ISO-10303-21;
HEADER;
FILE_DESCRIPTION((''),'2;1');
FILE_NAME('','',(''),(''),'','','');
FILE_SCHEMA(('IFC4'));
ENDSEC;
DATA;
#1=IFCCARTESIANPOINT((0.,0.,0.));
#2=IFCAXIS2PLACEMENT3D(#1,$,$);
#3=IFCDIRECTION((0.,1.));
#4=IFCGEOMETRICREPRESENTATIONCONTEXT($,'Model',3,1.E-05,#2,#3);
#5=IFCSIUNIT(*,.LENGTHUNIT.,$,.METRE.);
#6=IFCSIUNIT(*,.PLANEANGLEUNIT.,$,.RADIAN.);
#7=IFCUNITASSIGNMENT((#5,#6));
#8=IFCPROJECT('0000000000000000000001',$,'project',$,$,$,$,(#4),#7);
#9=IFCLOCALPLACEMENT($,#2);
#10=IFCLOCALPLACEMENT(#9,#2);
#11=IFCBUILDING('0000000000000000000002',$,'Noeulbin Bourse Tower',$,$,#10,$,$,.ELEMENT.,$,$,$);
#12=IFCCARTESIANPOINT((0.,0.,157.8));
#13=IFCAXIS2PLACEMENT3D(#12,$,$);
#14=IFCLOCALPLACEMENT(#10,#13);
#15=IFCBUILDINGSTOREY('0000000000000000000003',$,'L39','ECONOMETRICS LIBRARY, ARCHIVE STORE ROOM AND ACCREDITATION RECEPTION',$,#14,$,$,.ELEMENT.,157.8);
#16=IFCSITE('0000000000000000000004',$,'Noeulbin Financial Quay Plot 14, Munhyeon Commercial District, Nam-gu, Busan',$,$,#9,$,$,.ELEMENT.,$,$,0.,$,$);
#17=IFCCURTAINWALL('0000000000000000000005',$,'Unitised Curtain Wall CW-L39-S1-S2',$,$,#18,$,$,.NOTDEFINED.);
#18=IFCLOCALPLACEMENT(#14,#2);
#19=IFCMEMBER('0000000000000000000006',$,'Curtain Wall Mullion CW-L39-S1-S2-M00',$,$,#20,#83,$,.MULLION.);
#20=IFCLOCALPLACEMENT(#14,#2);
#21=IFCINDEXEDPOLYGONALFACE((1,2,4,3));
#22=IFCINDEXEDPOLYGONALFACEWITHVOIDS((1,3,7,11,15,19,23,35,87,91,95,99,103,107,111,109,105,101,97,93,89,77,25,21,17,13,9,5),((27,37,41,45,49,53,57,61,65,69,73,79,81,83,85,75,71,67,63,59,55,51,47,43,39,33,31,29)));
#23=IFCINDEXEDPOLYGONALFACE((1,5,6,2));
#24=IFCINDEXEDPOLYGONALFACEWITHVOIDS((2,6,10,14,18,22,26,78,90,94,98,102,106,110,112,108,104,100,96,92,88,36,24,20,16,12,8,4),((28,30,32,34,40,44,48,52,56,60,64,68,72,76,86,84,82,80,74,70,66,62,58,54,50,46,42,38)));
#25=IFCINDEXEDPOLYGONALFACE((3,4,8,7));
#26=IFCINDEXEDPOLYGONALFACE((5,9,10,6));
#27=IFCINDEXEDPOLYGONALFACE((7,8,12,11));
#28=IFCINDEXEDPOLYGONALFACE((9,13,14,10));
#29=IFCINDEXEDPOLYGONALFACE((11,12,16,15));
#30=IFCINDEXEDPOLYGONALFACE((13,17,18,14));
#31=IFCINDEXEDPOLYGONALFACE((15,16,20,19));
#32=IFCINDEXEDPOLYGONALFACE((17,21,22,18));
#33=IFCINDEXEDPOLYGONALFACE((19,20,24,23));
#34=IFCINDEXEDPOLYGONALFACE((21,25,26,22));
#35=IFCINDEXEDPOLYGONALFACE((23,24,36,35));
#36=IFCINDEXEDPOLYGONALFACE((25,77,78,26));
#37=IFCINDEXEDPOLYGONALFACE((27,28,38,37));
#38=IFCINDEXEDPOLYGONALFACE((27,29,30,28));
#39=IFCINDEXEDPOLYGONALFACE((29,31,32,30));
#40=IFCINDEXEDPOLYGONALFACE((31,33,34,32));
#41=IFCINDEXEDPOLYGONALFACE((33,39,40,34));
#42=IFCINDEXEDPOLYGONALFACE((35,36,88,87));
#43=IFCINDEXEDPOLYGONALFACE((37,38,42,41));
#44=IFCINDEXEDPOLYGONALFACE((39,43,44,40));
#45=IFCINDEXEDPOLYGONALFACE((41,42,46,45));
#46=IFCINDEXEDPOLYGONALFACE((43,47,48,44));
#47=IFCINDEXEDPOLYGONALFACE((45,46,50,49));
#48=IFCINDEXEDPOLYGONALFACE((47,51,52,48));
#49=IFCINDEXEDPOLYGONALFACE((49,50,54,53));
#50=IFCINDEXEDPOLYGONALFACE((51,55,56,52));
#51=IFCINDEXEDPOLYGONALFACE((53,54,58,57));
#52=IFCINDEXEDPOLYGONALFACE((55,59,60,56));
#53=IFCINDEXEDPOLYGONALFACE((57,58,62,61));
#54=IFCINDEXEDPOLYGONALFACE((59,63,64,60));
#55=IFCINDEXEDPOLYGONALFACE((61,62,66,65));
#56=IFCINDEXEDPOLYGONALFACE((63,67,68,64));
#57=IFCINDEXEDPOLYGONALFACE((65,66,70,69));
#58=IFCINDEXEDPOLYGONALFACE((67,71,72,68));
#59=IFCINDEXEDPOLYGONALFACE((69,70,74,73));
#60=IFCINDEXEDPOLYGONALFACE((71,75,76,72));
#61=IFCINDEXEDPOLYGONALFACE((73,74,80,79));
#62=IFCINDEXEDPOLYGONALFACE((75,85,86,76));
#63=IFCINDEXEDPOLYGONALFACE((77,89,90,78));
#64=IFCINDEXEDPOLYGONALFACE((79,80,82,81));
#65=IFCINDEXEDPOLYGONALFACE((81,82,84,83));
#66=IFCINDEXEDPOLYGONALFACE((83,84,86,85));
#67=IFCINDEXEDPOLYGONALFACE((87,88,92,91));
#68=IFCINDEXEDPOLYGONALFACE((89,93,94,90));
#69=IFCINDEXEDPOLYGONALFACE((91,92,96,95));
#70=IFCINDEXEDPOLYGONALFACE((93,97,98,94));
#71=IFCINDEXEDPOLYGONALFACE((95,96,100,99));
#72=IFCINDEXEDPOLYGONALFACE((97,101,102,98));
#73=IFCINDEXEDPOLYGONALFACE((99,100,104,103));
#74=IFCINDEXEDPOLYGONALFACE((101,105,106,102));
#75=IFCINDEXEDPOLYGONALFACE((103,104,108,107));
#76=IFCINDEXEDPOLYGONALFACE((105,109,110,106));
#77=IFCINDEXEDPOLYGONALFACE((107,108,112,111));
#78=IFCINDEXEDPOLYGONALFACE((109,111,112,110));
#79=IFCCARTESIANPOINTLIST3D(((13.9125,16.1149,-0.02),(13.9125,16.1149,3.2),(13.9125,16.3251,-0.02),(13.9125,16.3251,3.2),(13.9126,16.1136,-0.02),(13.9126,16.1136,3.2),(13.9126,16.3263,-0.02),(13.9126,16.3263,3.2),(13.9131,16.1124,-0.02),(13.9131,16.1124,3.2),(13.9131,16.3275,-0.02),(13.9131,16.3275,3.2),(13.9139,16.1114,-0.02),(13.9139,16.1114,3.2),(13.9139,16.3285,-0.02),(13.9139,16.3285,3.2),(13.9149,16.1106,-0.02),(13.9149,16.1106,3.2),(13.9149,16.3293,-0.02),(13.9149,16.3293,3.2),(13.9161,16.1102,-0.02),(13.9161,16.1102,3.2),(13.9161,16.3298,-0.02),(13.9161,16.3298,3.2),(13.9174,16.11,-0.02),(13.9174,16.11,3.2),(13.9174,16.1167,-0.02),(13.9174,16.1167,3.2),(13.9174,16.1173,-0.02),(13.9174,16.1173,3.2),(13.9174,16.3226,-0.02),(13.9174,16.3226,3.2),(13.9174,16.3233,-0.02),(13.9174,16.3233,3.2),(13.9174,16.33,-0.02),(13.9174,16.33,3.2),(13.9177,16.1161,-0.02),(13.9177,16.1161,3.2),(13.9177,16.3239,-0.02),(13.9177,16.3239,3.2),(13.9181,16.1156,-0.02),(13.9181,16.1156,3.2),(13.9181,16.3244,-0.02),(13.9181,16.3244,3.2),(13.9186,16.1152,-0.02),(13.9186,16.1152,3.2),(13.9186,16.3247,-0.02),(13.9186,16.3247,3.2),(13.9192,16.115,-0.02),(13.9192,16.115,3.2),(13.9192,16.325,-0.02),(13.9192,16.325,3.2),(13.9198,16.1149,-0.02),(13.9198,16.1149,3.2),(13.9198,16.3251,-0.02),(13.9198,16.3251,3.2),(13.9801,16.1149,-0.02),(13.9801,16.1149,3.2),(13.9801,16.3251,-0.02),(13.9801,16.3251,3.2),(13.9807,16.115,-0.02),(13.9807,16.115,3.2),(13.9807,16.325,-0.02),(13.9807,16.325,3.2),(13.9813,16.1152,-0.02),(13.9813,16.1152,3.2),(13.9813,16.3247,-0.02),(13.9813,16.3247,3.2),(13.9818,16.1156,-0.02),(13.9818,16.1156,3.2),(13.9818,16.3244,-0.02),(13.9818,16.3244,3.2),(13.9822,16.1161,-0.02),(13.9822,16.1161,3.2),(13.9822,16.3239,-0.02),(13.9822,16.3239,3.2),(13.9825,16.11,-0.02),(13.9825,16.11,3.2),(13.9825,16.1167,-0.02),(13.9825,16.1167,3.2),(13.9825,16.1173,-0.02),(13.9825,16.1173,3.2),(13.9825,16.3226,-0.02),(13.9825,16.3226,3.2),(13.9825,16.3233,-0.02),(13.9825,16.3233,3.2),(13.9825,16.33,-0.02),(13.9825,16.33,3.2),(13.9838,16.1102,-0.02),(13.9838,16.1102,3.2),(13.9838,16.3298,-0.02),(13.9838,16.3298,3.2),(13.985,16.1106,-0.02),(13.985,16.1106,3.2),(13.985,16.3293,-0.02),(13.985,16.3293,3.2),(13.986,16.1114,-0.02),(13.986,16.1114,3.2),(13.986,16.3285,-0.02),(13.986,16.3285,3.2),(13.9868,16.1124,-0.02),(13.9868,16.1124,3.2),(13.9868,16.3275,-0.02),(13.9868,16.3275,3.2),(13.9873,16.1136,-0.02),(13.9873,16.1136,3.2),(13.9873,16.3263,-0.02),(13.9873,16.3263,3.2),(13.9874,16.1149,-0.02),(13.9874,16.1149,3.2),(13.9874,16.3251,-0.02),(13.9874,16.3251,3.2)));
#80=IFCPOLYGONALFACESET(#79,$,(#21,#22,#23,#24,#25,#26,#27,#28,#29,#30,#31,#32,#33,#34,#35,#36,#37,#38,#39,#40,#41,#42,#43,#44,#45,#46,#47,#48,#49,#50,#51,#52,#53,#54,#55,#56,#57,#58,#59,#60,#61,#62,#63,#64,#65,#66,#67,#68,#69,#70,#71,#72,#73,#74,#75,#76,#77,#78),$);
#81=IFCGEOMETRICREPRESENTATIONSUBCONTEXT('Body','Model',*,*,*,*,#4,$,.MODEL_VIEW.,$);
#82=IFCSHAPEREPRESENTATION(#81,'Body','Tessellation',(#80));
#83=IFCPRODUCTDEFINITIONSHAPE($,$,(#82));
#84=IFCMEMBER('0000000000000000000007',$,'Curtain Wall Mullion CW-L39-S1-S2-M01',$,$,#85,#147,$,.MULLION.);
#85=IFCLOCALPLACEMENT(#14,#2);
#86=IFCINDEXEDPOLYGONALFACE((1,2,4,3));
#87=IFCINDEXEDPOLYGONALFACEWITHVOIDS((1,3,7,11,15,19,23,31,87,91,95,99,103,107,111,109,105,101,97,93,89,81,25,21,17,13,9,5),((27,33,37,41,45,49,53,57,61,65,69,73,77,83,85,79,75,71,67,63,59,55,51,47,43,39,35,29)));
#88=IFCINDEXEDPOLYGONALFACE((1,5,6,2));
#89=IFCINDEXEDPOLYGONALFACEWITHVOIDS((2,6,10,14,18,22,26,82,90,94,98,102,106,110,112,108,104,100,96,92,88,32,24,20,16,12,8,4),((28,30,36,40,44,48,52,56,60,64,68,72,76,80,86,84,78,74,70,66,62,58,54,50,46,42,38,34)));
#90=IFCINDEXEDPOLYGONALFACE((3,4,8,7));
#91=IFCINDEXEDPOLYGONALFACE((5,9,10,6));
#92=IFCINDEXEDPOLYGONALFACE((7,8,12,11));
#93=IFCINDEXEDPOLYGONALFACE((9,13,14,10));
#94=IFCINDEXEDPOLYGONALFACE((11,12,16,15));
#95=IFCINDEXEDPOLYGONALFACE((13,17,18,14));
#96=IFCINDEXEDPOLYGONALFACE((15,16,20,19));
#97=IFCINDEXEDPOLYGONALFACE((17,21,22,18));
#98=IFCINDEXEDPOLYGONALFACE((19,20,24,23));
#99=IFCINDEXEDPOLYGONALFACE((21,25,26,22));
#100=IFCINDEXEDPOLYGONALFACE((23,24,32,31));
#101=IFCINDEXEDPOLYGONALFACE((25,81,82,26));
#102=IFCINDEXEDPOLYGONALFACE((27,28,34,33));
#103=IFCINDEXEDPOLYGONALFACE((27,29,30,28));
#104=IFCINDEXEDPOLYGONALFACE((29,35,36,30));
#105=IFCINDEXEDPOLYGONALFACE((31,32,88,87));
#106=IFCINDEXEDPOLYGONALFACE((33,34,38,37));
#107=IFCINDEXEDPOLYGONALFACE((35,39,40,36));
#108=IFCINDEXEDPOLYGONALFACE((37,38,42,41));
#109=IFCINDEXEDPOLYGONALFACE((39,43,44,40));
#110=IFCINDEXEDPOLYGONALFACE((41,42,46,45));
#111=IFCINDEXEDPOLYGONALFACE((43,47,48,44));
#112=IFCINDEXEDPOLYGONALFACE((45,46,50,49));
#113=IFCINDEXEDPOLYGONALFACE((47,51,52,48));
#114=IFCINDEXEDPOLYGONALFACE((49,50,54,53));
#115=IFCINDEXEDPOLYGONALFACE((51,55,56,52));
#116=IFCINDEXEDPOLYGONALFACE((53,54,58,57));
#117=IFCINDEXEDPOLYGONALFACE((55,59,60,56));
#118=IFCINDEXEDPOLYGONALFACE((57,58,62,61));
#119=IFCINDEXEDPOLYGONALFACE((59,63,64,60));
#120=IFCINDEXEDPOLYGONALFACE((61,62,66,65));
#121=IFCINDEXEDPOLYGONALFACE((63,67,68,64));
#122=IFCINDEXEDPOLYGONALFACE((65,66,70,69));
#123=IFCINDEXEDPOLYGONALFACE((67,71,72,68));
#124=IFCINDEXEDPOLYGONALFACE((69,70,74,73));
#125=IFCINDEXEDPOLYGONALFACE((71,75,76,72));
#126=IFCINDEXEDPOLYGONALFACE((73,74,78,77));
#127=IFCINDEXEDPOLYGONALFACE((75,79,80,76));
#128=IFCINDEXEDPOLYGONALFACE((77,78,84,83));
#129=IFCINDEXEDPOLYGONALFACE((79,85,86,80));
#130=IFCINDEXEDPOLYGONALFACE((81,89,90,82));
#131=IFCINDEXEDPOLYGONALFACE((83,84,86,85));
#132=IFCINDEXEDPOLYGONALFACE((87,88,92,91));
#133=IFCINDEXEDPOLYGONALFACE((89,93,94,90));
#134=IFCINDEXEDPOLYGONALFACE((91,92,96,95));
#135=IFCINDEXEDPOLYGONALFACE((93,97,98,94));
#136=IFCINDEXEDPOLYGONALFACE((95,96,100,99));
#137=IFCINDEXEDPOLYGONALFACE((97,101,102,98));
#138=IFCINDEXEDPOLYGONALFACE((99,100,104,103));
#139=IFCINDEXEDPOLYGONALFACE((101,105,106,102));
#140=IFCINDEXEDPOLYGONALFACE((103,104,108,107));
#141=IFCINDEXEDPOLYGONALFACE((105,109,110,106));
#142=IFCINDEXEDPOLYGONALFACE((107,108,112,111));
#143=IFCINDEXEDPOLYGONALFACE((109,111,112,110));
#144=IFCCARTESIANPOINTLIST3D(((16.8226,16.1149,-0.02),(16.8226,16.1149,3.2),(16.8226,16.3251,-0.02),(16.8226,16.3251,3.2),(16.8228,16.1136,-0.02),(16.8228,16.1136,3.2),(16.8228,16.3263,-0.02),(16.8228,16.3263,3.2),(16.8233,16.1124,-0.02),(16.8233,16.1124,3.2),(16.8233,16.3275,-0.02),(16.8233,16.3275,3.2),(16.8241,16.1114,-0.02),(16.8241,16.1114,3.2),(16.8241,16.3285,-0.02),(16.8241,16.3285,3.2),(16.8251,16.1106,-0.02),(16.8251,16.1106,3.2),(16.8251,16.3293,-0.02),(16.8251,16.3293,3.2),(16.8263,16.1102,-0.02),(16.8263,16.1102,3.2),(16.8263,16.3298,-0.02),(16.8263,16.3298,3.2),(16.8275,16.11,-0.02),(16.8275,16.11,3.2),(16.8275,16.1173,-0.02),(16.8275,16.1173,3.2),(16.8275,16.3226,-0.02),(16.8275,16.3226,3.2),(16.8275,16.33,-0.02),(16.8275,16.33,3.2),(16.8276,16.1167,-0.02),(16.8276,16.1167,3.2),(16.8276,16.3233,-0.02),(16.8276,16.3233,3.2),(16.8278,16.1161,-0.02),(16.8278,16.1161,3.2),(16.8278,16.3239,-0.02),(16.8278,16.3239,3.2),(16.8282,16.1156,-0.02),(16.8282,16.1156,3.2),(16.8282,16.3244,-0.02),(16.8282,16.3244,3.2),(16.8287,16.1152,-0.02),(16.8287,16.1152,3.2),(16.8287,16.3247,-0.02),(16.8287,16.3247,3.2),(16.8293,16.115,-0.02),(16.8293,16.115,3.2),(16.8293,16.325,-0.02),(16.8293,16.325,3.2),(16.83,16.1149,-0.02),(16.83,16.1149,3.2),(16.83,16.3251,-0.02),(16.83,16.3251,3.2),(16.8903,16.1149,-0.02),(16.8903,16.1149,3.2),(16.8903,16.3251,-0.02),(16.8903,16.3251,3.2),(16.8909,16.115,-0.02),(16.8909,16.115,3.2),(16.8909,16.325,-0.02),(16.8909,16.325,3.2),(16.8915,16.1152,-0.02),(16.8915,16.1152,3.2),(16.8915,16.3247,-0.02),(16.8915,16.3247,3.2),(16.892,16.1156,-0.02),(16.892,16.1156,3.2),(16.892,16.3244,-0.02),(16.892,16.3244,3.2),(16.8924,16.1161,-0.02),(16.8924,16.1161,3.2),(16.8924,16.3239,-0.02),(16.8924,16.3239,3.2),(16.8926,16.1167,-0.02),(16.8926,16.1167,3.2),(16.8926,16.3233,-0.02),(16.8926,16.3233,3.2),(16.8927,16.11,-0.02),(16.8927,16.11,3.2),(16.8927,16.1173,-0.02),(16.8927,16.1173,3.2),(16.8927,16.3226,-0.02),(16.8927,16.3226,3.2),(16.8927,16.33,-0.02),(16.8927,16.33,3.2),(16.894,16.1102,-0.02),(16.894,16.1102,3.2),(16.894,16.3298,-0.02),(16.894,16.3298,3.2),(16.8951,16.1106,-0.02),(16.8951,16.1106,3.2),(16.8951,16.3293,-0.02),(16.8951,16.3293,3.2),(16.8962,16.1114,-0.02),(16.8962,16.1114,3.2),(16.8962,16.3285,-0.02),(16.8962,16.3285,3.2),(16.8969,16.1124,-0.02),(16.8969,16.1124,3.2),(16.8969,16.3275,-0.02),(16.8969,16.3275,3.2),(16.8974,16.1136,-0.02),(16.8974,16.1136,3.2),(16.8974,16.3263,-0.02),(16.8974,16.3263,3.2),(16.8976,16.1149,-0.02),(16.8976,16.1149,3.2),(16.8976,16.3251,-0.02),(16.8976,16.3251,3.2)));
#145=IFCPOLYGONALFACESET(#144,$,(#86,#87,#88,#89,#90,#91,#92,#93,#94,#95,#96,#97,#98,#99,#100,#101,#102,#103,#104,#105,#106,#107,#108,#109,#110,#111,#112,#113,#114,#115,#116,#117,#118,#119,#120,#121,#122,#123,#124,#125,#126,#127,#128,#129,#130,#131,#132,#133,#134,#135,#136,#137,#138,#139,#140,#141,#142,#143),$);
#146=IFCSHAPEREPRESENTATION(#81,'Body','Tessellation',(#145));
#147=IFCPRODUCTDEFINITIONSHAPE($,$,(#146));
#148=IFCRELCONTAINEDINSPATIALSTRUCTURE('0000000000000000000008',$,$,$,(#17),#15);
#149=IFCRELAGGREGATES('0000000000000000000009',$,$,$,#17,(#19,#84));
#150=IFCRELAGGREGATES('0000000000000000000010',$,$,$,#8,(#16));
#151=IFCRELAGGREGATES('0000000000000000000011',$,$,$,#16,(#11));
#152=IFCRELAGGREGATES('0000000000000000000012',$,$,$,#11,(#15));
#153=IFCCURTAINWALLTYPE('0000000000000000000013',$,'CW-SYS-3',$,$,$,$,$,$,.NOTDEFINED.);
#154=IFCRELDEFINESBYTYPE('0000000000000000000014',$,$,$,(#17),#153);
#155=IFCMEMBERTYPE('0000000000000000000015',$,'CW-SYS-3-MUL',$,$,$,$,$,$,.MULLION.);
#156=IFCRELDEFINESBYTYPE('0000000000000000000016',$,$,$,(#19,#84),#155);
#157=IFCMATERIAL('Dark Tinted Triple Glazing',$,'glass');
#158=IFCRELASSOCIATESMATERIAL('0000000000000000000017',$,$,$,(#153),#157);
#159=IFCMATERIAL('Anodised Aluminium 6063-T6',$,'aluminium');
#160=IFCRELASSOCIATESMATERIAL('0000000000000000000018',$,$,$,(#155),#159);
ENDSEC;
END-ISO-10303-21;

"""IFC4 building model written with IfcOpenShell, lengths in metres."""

from ifc_helpers import new_model, si_unit, direction, frame, origin, origin_2d, place, context, subcontext, project, spatial, hollow_rectangle, extrude, material, material_profile, profile_set, type_object, element, aggregate, save


model = new_model("IFC4")

# Units and contexts
model_context = context("Model", 3, precision=1e-05, world=origin(), true_north=direction((0.0, 1.0)))
body_context = subcontext(model_context, "Body", "Model", "MODEL_VIEW")
ifc_project = project(units=[si_unit("LENGTHUNIT", "METRE"), si_unit("PLANEANGLEUNIT", "RADIAN")], contexts=[model_context])

# Site, building, storey
site_placement = place(None, origin())
site = spatial("IfcSite", under=ifc_project, at=site_placement, Name="Noeulbin Financial Quay Plot 14, Munhyeon Commercial District, Nam-gu, Busan", CompositionType="ELEMENT", RefElevation=0.0)
building_placement = place(site_placement, origin())
building = spatial("IfcBuilding", under=site, at=building_placement, Name="Noeulbin Bourse Tower", CompositionType="ELEMENT")
storey_placement = place(building_placement, frame((0.0, 0.0, 157.8)))
storey = spatial("IfcBuildingStorey", under=building, at=storey_placement, Name="L39", Description="ECONOMETRICS LIBRARY, ARCHIVE STORE ROOM AND ACCREDITATION RECEPTION", CompositionType="ELEMENT", Elevation=157.8)

# Curtain wall, members
ifc_material_1 = material(Name="Dark Tinted Triple Glazing", Category="glass")
curtain_wall_type = type_object("IfcCurtainWallType", Name="CW-SYS-3", PredefinedType="NOTDEFINED", material=ifc_material_1)
ifc_material_2 = material(Name="Anodised Aluminium 6063-T6", Category="aluminium")
ifc_material_profile_1 = material_profile(ifc_material_2, hollow_rectangle(XDim=0.075, YDim=0.22, WallThickness=0.0049, InnerFilletRadius=0.0024, OuterFilletRadius=0.0049, at=origin_2d()), Name="ALU-MULL-75x220x5", Category="LoadBearing")
ifc_profile_set_1 = profile_set([ifc_material_profile_1], Name="Anodised Aluminium 6063-T6")
member_type_1 = type_object("IfcMemberType", Name="CW-SYS-3-MUL", PredefinedType="MULLION", material=ifc_profile_set_1)
curtain_wall_1_placement = place(storey_placement, origin())
curtain_wall_1 = element("IfcCurtainWall", 1, at=curtain_wall_1_placement, inside=storey, type_object=curtain_wall_type, Name="Unitised Curtain Wall CW-L39-S1-S2", PredefinedType="NOTDEFINED")
member_1_placement = place(storey_placement, frame((13.95, 16.22, -0.02), z_axis=(0.0, 0.0, 1.0), x_axis=(1.0, 0.0, 0.0)))
member_1 = element("IfcMember", 2, at=member_1_placement, type_object=member_type_1, Name="Curtain Wall Mullion CW-L39-S1-S2-M00", PredefinedType="MULLION", context=body_context, shape_type="SweptSolid", body=[
    extrude(hollow_rectangle(XDim=0.075, YDim=0.22, WallThickness=0.0049, InnerFilletRadius=0.0024, OuterFilletRadius=0.0049, at=origin_2d()), origin(), (0.0, 0.0, 1.0), 3.22),
])
member_2_placement = place(storey_placement, frame((16.8601, 16.22, -0.02), z_axis=(0.0, 0.0, 1.0), x_axis=(1.0, 0.0, 0.0)))
member_2 = element("IfcMember", 3, at=member_2_placement, type_object=member_type_1, Name="Curtain Wall Mullion CW-L39-S1-S2-M01", PredefinedType="MULLION", context=body_context, shape_type="SweptSolid", body=[
    extrude(hollow_rectangle(XDim=0.075, YDim=0.22, WallThickness=0.0049, InnerFilletRadius=0.0024, OuterFilletRadius=0.0049, at=origin_2d()), origin(), (0.0, 0.0, 1.0), 3.22),
])

aggregate(curtain_wall_1, [member_1, member_2])

save(model, "model.ifc")
